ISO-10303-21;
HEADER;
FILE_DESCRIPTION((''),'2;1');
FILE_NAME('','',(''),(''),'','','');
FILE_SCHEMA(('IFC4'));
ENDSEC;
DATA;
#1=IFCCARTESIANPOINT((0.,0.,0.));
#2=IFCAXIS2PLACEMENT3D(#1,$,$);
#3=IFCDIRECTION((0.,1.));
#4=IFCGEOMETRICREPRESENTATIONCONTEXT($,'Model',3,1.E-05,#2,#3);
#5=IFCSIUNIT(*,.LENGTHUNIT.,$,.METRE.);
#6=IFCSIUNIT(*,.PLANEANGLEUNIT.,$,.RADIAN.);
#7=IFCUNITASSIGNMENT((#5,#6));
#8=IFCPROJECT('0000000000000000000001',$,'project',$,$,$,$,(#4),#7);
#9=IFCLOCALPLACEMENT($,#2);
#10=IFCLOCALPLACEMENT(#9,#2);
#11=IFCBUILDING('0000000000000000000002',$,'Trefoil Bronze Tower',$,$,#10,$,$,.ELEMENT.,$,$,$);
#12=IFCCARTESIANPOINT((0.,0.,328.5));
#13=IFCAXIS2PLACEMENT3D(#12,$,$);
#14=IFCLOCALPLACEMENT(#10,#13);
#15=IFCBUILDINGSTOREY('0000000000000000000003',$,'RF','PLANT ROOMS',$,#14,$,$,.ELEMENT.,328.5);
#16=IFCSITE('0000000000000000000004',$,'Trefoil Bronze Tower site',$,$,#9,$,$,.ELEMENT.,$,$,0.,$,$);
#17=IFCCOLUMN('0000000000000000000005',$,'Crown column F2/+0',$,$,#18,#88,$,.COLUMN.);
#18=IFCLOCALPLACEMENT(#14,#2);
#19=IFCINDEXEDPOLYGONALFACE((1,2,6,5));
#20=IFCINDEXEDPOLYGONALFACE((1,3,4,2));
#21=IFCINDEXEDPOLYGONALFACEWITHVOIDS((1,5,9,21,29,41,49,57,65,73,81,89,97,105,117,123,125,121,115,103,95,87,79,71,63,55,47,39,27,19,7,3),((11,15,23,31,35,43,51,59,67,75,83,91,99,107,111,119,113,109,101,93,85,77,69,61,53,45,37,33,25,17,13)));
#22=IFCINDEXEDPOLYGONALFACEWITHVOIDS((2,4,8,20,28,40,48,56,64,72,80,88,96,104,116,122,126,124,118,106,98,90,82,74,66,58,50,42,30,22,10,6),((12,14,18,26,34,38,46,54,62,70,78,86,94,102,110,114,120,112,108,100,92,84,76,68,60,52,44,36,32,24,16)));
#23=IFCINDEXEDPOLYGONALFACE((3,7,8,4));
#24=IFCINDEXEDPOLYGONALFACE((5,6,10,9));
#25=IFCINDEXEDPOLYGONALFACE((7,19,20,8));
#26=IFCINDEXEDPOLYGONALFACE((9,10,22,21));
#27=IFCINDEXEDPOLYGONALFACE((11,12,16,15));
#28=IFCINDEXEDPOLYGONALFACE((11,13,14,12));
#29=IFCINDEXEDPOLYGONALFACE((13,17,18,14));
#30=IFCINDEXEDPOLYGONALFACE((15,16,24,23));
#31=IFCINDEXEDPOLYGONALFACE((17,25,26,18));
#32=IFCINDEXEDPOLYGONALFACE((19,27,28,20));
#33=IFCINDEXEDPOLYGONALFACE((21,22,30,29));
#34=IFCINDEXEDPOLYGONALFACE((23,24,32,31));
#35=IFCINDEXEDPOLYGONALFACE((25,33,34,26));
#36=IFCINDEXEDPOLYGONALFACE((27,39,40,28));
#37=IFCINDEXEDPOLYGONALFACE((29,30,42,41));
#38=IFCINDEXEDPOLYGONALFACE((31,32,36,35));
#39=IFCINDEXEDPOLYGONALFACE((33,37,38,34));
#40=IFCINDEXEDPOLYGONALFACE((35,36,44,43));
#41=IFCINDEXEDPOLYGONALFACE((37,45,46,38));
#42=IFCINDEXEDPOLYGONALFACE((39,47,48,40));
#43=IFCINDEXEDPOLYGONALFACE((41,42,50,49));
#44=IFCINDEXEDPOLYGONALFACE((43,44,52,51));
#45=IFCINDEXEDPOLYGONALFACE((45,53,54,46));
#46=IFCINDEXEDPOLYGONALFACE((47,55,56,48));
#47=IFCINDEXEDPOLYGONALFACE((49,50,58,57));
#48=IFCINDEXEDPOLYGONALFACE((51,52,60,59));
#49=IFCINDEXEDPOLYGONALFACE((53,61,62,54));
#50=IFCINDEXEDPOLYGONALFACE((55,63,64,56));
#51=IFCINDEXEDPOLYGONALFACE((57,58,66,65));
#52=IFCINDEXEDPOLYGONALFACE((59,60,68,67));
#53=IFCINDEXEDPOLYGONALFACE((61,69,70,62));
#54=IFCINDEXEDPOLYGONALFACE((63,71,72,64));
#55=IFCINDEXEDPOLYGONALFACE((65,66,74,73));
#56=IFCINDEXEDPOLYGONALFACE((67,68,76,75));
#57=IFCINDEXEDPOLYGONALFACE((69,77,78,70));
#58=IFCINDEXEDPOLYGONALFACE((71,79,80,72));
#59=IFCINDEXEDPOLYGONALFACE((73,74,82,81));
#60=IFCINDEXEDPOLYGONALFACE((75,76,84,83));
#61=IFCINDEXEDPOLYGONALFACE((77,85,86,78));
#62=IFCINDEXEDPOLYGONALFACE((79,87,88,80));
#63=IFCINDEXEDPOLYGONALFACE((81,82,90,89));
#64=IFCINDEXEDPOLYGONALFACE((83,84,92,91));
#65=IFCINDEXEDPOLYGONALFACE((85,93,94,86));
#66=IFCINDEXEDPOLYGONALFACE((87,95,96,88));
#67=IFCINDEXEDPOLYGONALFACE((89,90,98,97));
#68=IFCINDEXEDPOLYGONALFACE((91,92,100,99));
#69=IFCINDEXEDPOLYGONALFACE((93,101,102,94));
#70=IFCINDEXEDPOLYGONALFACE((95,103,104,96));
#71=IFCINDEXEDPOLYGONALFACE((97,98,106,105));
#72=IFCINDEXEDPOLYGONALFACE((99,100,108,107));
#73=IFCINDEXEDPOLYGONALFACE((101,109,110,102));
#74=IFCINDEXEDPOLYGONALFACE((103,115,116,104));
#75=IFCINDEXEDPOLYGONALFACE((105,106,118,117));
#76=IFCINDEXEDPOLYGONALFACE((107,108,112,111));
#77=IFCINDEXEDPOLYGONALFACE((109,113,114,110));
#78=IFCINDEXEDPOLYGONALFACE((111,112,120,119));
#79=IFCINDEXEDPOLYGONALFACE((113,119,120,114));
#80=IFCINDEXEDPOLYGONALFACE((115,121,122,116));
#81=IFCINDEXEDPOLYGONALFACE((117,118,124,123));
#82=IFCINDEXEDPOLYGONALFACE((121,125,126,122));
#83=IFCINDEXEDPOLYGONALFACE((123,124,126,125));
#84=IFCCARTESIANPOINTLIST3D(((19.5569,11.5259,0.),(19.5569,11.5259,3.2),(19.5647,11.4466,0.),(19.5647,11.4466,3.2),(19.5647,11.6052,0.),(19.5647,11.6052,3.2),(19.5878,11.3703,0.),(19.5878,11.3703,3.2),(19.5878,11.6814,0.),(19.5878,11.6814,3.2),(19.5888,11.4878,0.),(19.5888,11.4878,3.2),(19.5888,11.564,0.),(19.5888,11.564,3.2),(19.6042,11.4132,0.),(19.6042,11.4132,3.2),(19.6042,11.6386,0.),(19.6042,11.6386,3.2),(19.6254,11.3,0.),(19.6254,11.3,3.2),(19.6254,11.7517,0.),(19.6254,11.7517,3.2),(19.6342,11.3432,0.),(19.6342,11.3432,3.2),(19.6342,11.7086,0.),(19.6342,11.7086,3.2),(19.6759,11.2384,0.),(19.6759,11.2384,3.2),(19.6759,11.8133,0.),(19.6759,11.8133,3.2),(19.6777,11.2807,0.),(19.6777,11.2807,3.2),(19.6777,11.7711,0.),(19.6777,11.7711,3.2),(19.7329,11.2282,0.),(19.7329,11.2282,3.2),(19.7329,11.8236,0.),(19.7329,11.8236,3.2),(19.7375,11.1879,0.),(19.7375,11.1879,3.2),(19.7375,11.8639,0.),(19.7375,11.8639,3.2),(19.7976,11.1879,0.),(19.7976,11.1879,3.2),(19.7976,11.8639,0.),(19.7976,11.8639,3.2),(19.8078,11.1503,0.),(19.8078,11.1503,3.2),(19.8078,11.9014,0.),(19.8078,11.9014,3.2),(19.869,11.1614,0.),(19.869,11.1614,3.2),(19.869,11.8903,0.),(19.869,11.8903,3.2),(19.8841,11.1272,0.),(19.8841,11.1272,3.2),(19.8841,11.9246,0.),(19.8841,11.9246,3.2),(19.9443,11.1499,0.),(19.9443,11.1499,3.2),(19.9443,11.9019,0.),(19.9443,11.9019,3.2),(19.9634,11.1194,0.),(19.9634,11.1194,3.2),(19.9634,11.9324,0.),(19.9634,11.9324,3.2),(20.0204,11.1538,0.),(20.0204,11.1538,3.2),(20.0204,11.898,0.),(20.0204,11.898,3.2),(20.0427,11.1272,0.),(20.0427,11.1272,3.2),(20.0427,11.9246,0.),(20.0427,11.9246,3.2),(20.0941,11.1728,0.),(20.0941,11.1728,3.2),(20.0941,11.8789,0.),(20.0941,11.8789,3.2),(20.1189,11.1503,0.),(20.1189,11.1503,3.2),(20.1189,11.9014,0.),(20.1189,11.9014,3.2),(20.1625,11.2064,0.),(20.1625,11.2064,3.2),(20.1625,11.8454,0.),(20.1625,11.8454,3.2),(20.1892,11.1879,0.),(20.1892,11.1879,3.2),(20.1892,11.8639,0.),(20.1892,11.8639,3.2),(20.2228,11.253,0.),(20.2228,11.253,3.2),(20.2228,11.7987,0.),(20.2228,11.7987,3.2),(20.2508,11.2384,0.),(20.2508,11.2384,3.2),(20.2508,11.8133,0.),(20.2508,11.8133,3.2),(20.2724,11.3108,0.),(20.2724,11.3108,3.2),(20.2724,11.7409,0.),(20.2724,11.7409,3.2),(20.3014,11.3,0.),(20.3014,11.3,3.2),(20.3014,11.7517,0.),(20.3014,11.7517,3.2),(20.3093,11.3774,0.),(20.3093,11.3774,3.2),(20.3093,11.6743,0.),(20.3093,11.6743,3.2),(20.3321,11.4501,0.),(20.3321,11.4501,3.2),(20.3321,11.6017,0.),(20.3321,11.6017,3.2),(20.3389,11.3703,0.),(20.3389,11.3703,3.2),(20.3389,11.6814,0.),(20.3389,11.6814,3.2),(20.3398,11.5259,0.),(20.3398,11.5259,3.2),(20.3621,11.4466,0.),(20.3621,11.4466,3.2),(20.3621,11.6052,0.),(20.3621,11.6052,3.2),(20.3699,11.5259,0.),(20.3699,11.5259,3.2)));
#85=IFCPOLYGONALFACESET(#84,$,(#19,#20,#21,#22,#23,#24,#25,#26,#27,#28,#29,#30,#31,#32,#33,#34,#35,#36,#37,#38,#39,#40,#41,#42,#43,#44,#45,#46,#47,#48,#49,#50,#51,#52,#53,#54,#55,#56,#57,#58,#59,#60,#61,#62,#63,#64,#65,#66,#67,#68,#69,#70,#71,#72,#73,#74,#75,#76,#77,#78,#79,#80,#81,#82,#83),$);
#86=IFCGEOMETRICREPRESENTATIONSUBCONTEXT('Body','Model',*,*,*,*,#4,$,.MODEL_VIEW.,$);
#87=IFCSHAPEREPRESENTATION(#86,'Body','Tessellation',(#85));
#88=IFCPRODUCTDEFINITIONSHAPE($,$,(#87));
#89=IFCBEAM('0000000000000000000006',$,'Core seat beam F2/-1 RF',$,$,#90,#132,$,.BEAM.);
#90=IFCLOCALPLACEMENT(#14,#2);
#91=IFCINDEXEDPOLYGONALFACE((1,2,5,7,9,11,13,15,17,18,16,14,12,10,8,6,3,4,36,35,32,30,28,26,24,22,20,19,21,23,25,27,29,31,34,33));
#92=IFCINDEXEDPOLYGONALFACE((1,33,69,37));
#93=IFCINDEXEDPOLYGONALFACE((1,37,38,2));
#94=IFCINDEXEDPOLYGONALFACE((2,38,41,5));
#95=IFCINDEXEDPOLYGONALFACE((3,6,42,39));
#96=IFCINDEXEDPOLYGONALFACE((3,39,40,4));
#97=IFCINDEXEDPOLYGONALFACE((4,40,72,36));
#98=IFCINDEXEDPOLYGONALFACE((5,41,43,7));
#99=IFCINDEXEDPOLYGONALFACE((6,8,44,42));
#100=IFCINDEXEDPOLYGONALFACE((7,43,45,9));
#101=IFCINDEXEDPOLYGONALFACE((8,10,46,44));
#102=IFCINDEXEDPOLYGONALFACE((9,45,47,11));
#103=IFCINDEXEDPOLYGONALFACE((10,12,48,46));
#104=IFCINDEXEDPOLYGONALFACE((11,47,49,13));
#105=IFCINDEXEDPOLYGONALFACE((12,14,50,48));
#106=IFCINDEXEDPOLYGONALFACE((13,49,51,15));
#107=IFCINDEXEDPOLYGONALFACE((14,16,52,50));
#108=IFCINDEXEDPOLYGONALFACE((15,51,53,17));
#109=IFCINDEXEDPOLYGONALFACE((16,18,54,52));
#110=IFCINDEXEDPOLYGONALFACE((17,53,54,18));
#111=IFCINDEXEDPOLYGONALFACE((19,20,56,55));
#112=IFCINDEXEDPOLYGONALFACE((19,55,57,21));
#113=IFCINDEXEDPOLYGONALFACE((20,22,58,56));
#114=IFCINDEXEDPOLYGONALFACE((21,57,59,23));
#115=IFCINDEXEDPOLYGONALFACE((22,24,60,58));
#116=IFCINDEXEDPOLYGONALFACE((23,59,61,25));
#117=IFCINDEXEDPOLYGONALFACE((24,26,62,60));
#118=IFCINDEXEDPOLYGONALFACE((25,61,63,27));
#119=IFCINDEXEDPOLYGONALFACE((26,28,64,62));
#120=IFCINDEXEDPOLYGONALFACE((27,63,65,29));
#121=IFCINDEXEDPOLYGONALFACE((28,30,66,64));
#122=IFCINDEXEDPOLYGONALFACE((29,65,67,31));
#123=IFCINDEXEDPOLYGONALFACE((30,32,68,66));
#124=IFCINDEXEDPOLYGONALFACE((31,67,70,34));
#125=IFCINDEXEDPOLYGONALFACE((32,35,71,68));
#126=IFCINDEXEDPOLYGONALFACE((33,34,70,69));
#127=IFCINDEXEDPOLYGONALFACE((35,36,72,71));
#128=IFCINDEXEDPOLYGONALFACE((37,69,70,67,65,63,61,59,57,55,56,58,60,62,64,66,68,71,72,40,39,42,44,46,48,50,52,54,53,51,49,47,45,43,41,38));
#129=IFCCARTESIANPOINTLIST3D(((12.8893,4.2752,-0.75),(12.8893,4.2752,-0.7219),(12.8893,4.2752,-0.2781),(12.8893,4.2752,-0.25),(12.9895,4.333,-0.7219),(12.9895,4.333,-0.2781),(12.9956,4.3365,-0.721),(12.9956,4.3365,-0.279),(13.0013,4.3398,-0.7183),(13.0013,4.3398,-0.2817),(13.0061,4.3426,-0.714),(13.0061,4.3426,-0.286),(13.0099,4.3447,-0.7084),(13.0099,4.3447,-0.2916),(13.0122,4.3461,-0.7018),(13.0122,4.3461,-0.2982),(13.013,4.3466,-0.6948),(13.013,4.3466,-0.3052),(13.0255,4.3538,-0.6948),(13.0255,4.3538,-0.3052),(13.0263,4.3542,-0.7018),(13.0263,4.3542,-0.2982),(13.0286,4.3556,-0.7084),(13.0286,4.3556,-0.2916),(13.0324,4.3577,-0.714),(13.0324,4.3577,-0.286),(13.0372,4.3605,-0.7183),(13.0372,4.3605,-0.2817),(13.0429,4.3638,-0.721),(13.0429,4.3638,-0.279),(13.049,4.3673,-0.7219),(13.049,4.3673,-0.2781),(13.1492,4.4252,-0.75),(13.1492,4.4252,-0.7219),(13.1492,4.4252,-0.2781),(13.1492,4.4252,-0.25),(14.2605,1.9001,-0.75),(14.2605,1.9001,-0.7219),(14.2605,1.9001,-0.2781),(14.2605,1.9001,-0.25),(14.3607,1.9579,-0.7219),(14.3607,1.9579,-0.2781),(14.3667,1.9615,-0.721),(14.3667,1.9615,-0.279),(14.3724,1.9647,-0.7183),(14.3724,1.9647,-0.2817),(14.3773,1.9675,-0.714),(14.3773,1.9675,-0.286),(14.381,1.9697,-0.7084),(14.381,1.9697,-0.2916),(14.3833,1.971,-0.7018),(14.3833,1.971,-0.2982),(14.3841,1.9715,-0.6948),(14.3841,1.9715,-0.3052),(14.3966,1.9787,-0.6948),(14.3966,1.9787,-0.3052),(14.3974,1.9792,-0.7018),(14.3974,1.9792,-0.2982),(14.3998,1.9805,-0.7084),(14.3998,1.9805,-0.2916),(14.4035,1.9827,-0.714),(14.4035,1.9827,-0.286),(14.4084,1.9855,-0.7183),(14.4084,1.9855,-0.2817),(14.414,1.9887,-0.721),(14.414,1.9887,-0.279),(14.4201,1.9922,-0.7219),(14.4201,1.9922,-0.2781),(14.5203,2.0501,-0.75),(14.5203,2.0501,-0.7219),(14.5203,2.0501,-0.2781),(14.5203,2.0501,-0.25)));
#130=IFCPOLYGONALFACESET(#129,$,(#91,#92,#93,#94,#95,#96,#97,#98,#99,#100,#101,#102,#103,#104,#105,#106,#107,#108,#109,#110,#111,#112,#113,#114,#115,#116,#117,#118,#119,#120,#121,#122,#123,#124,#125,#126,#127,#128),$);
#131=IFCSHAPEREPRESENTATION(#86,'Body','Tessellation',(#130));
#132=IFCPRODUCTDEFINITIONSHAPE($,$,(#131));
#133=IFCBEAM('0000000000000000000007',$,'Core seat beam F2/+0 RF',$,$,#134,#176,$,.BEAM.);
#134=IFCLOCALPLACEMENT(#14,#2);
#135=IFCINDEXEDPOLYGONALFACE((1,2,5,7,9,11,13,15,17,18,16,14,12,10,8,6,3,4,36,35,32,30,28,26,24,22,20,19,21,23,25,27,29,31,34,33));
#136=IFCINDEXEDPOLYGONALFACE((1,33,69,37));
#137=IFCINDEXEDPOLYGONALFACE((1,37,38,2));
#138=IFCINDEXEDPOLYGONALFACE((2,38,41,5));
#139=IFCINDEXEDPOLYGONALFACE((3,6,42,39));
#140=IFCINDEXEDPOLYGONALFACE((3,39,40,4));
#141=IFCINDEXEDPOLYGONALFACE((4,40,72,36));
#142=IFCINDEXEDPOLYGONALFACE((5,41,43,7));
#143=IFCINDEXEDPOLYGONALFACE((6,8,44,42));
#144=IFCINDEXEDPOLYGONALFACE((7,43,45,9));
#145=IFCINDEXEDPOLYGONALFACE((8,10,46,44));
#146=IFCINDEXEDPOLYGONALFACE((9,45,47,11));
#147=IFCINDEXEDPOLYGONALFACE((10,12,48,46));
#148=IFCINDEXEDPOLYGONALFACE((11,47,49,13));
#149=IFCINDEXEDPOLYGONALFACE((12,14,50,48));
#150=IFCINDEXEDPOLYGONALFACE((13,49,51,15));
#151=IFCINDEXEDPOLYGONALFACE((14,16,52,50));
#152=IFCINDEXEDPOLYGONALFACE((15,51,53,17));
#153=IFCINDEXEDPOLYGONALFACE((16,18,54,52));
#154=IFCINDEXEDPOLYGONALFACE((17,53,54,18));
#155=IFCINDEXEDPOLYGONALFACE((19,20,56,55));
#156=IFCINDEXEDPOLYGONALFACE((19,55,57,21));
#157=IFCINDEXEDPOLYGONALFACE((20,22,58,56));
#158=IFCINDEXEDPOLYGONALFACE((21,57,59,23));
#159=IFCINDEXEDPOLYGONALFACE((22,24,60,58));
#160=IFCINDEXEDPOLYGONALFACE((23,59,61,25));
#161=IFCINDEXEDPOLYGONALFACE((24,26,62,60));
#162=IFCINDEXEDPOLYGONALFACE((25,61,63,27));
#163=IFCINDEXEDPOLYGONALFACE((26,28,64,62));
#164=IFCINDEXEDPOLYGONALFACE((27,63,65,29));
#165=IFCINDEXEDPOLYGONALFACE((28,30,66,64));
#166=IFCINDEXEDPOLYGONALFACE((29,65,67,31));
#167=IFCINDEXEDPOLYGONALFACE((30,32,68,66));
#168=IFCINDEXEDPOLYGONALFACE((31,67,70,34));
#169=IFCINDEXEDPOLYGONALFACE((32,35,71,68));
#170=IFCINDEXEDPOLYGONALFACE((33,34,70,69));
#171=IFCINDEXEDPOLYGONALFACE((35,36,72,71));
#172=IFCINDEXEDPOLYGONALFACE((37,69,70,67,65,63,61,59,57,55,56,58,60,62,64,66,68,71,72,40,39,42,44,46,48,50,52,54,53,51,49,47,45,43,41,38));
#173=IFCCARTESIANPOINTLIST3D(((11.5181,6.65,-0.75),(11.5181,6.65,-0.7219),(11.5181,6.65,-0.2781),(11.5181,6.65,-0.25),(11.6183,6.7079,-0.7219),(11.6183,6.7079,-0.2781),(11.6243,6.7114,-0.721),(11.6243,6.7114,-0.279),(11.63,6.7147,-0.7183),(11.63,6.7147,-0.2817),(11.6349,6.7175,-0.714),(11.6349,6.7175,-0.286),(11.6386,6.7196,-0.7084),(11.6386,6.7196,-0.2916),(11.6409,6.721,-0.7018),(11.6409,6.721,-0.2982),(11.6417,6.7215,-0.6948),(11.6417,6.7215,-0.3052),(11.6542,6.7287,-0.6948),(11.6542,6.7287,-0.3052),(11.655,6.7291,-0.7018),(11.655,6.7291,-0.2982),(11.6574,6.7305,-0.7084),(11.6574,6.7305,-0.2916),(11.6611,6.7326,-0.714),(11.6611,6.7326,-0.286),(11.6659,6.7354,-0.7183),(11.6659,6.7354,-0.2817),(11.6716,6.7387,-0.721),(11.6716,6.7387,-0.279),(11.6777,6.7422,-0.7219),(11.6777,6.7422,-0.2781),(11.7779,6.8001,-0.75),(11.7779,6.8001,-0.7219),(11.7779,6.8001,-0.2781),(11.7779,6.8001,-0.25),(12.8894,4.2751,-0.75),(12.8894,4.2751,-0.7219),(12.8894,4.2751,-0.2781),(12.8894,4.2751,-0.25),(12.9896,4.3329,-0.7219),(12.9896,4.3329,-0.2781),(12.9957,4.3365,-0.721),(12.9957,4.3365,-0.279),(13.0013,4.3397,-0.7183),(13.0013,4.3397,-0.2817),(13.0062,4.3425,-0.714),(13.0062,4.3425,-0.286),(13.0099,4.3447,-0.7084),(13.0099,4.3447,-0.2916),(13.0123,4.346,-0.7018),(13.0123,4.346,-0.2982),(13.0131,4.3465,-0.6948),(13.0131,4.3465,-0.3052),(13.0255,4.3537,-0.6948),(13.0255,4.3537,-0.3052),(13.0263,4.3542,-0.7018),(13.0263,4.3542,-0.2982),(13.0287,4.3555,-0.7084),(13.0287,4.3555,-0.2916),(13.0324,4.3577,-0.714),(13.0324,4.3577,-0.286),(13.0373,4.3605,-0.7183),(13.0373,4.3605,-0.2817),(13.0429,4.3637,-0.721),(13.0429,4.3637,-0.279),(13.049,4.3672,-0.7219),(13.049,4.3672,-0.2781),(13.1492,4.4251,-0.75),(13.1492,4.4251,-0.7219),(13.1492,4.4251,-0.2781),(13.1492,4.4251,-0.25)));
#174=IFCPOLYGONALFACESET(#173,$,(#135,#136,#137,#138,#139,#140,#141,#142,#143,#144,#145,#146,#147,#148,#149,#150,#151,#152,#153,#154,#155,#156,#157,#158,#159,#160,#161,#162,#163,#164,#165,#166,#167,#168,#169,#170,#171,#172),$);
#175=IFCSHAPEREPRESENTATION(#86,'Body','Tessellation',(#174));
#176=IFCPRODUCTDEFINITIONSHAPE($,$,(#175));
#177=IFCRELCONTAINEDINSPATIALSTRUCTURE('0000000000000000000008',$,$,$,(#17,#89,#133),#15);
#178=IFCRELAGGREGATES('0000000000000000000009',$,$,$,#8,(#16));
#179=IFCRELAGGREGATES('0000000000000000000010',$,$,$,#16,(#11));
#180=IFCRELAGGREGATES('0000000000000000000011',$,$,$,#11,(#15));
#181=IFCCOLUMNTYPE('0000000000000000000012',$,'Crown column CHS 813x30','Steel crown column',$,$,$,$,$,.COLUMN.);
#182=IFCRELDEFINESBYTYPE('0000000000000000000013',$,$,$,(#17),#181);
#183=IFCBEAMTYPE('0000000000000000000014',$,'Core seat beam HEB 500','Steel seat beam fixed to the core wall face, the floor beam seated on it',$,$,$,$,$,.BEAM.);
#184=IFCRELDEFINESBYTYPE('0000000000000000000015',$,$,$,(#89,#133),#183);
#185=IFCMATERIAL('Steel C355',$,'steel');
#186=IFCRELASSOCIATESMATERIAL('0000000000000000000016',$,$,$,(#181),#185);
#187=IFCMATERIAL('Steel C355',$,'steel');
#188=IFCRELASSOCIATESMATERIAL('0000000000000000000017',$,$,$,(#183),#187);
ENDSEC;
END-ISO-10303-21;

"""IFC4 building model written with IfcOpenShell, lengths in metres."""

from ifc_helpers import new_model, si_unit, direction, frame, origin, origin_2d, place, context, subcontext, project, spatial, hollow_circle, i_section, extrude, material, material_profile, profile_set, type_object, element, save


model = new_model("IFC4")

# Units and contexts
model_context = context("Model", 3, precision=1e-05, world=origin(), true_north=direction((0.0, 1.0)))
body_context = subcontext(model_context, "Body", "Model", "MODEL_VIEW")
ifc_project = project(units=[si_unit("LENGTHUNIT", "METRE"), si_unit("PLANEANGLEUNIT", "RADIAN")], contexts=[model_context])

# Site, building, storey
site_placement = place(None, origin())
site = spatial("IfcSite", under=ifc_project, at=site_placement, Name="Trefoil Bronze Tower site", CompositionType="ELEMENT", RefElevation=0.0)
building_placement = place(site_placement, origin())
building = spatial("IfcBuilding", under=site, at=building_placement, Name="Trefoil Bronze Tower", CompositionType="ELEMENT")
storey_placement = place(building_placement, frame((0.0, 0.0, 328.5)))
storey = spatial("IfcBuildingStorey", under=building, at=storey_placement, Name="RF", Description="PLANT ROOMS", CompositionType="ELEMENT", Elevation=328.5)

# Column
ifc_material_1 = material(Name="Steel C355", Category="steel")
ifc_material_profile_1 = material_profile(ifc_material_1, hollow_circle(Radius=0.4065, WallThickness=0.03, at=origin_2d()), Name="CHS 813x30")
ifc_profile_set_1 = profile_set([ifc_material_profile_1], Name="Steel C355")
column_type = type_object("IfcColumnType", Name="Crown column CHS 813x30", Description="Steel crown column", PredefinedType="COLUMN", material=ifc_profile_set_1)
for number, where, z_axis, x_axis, name in (
    (1, (19.9634, 11.5259, 0.0), (0.0, 0.0, 1.0), (1.0, 0.0, 0.0), "Crown column F2/+0"),
):
    element("IfcColumn", number, at=place(storey_placement, frame(where, z_axis=z_axis, x_axis=x_axis)), inside=storey, type_object=column_type, Name=name, PredefinedType="COLUMN", context=body_context, shape_type="SweptSolid", body=[
        extrude(hollow_circle(Radius=0.4065, WallThickness=0.03, at=origin_2d()), origin(), (0.0, 0.0, 1.0), 3.2),
    ])

# Beams
ifc_material_2 = material(Name="Steel C355", Category="steel")
ifc_material_profile_2 = material_profile(ifc_material_2, i_section(OverallWidth=0.3, OverallDepth=0.5, WebThickness=0.0144, FlangeThickness=0.0281, FilletRadius=0.0271, at=origin_2d()), Name="HEB 500")
ifc_profile_set_2 = profile_set([ifc_material_profile_2], Name="Steel C355")
beam_type_1 = type_object("IfcBeamType", Name="Core seat beam HEB 500", Description="Steel seat beam fixed to the core wall face, the floor beam seated on it", PredefinedType="BEAM", material=ifc_profile_set_2)
for number, where, z_axis, x_axis, name in (
    (2, (14.3904, 1.9751, -0.5), (-0.499969, 0.866043, 0.0), (-0.866043, -0.499969, 0.0), "Core seat beam F2/-1 RF"),
    (3, (13.0193, 4.3501, -0.5), (-0.500036, 0.866005, 0.0), (-0.866005, -0.500036, 0.0), "Core seat beam F2/+0 RF"),
):
    element("IfcBeam", number, at=place(storey_placement, frame(where, z_axis=z_axis, x_axis=x_axis)), inside=storey, type_object=beam_type_1, Name=name, PredefinedType="BEAM", context=body_context, shape_type="SweptSolid", body=[
        extrude(i_section(OverallWidth=0.3, OverallDepth=0.5, WebThickness=0.0144, FlangeThickness=0.0281, FilletRadius=0.0271, at=origin_2d()), origin(), (0.0, 0.0, 1.0), 2.7424),
    ])

save(model, "model.ifc")
